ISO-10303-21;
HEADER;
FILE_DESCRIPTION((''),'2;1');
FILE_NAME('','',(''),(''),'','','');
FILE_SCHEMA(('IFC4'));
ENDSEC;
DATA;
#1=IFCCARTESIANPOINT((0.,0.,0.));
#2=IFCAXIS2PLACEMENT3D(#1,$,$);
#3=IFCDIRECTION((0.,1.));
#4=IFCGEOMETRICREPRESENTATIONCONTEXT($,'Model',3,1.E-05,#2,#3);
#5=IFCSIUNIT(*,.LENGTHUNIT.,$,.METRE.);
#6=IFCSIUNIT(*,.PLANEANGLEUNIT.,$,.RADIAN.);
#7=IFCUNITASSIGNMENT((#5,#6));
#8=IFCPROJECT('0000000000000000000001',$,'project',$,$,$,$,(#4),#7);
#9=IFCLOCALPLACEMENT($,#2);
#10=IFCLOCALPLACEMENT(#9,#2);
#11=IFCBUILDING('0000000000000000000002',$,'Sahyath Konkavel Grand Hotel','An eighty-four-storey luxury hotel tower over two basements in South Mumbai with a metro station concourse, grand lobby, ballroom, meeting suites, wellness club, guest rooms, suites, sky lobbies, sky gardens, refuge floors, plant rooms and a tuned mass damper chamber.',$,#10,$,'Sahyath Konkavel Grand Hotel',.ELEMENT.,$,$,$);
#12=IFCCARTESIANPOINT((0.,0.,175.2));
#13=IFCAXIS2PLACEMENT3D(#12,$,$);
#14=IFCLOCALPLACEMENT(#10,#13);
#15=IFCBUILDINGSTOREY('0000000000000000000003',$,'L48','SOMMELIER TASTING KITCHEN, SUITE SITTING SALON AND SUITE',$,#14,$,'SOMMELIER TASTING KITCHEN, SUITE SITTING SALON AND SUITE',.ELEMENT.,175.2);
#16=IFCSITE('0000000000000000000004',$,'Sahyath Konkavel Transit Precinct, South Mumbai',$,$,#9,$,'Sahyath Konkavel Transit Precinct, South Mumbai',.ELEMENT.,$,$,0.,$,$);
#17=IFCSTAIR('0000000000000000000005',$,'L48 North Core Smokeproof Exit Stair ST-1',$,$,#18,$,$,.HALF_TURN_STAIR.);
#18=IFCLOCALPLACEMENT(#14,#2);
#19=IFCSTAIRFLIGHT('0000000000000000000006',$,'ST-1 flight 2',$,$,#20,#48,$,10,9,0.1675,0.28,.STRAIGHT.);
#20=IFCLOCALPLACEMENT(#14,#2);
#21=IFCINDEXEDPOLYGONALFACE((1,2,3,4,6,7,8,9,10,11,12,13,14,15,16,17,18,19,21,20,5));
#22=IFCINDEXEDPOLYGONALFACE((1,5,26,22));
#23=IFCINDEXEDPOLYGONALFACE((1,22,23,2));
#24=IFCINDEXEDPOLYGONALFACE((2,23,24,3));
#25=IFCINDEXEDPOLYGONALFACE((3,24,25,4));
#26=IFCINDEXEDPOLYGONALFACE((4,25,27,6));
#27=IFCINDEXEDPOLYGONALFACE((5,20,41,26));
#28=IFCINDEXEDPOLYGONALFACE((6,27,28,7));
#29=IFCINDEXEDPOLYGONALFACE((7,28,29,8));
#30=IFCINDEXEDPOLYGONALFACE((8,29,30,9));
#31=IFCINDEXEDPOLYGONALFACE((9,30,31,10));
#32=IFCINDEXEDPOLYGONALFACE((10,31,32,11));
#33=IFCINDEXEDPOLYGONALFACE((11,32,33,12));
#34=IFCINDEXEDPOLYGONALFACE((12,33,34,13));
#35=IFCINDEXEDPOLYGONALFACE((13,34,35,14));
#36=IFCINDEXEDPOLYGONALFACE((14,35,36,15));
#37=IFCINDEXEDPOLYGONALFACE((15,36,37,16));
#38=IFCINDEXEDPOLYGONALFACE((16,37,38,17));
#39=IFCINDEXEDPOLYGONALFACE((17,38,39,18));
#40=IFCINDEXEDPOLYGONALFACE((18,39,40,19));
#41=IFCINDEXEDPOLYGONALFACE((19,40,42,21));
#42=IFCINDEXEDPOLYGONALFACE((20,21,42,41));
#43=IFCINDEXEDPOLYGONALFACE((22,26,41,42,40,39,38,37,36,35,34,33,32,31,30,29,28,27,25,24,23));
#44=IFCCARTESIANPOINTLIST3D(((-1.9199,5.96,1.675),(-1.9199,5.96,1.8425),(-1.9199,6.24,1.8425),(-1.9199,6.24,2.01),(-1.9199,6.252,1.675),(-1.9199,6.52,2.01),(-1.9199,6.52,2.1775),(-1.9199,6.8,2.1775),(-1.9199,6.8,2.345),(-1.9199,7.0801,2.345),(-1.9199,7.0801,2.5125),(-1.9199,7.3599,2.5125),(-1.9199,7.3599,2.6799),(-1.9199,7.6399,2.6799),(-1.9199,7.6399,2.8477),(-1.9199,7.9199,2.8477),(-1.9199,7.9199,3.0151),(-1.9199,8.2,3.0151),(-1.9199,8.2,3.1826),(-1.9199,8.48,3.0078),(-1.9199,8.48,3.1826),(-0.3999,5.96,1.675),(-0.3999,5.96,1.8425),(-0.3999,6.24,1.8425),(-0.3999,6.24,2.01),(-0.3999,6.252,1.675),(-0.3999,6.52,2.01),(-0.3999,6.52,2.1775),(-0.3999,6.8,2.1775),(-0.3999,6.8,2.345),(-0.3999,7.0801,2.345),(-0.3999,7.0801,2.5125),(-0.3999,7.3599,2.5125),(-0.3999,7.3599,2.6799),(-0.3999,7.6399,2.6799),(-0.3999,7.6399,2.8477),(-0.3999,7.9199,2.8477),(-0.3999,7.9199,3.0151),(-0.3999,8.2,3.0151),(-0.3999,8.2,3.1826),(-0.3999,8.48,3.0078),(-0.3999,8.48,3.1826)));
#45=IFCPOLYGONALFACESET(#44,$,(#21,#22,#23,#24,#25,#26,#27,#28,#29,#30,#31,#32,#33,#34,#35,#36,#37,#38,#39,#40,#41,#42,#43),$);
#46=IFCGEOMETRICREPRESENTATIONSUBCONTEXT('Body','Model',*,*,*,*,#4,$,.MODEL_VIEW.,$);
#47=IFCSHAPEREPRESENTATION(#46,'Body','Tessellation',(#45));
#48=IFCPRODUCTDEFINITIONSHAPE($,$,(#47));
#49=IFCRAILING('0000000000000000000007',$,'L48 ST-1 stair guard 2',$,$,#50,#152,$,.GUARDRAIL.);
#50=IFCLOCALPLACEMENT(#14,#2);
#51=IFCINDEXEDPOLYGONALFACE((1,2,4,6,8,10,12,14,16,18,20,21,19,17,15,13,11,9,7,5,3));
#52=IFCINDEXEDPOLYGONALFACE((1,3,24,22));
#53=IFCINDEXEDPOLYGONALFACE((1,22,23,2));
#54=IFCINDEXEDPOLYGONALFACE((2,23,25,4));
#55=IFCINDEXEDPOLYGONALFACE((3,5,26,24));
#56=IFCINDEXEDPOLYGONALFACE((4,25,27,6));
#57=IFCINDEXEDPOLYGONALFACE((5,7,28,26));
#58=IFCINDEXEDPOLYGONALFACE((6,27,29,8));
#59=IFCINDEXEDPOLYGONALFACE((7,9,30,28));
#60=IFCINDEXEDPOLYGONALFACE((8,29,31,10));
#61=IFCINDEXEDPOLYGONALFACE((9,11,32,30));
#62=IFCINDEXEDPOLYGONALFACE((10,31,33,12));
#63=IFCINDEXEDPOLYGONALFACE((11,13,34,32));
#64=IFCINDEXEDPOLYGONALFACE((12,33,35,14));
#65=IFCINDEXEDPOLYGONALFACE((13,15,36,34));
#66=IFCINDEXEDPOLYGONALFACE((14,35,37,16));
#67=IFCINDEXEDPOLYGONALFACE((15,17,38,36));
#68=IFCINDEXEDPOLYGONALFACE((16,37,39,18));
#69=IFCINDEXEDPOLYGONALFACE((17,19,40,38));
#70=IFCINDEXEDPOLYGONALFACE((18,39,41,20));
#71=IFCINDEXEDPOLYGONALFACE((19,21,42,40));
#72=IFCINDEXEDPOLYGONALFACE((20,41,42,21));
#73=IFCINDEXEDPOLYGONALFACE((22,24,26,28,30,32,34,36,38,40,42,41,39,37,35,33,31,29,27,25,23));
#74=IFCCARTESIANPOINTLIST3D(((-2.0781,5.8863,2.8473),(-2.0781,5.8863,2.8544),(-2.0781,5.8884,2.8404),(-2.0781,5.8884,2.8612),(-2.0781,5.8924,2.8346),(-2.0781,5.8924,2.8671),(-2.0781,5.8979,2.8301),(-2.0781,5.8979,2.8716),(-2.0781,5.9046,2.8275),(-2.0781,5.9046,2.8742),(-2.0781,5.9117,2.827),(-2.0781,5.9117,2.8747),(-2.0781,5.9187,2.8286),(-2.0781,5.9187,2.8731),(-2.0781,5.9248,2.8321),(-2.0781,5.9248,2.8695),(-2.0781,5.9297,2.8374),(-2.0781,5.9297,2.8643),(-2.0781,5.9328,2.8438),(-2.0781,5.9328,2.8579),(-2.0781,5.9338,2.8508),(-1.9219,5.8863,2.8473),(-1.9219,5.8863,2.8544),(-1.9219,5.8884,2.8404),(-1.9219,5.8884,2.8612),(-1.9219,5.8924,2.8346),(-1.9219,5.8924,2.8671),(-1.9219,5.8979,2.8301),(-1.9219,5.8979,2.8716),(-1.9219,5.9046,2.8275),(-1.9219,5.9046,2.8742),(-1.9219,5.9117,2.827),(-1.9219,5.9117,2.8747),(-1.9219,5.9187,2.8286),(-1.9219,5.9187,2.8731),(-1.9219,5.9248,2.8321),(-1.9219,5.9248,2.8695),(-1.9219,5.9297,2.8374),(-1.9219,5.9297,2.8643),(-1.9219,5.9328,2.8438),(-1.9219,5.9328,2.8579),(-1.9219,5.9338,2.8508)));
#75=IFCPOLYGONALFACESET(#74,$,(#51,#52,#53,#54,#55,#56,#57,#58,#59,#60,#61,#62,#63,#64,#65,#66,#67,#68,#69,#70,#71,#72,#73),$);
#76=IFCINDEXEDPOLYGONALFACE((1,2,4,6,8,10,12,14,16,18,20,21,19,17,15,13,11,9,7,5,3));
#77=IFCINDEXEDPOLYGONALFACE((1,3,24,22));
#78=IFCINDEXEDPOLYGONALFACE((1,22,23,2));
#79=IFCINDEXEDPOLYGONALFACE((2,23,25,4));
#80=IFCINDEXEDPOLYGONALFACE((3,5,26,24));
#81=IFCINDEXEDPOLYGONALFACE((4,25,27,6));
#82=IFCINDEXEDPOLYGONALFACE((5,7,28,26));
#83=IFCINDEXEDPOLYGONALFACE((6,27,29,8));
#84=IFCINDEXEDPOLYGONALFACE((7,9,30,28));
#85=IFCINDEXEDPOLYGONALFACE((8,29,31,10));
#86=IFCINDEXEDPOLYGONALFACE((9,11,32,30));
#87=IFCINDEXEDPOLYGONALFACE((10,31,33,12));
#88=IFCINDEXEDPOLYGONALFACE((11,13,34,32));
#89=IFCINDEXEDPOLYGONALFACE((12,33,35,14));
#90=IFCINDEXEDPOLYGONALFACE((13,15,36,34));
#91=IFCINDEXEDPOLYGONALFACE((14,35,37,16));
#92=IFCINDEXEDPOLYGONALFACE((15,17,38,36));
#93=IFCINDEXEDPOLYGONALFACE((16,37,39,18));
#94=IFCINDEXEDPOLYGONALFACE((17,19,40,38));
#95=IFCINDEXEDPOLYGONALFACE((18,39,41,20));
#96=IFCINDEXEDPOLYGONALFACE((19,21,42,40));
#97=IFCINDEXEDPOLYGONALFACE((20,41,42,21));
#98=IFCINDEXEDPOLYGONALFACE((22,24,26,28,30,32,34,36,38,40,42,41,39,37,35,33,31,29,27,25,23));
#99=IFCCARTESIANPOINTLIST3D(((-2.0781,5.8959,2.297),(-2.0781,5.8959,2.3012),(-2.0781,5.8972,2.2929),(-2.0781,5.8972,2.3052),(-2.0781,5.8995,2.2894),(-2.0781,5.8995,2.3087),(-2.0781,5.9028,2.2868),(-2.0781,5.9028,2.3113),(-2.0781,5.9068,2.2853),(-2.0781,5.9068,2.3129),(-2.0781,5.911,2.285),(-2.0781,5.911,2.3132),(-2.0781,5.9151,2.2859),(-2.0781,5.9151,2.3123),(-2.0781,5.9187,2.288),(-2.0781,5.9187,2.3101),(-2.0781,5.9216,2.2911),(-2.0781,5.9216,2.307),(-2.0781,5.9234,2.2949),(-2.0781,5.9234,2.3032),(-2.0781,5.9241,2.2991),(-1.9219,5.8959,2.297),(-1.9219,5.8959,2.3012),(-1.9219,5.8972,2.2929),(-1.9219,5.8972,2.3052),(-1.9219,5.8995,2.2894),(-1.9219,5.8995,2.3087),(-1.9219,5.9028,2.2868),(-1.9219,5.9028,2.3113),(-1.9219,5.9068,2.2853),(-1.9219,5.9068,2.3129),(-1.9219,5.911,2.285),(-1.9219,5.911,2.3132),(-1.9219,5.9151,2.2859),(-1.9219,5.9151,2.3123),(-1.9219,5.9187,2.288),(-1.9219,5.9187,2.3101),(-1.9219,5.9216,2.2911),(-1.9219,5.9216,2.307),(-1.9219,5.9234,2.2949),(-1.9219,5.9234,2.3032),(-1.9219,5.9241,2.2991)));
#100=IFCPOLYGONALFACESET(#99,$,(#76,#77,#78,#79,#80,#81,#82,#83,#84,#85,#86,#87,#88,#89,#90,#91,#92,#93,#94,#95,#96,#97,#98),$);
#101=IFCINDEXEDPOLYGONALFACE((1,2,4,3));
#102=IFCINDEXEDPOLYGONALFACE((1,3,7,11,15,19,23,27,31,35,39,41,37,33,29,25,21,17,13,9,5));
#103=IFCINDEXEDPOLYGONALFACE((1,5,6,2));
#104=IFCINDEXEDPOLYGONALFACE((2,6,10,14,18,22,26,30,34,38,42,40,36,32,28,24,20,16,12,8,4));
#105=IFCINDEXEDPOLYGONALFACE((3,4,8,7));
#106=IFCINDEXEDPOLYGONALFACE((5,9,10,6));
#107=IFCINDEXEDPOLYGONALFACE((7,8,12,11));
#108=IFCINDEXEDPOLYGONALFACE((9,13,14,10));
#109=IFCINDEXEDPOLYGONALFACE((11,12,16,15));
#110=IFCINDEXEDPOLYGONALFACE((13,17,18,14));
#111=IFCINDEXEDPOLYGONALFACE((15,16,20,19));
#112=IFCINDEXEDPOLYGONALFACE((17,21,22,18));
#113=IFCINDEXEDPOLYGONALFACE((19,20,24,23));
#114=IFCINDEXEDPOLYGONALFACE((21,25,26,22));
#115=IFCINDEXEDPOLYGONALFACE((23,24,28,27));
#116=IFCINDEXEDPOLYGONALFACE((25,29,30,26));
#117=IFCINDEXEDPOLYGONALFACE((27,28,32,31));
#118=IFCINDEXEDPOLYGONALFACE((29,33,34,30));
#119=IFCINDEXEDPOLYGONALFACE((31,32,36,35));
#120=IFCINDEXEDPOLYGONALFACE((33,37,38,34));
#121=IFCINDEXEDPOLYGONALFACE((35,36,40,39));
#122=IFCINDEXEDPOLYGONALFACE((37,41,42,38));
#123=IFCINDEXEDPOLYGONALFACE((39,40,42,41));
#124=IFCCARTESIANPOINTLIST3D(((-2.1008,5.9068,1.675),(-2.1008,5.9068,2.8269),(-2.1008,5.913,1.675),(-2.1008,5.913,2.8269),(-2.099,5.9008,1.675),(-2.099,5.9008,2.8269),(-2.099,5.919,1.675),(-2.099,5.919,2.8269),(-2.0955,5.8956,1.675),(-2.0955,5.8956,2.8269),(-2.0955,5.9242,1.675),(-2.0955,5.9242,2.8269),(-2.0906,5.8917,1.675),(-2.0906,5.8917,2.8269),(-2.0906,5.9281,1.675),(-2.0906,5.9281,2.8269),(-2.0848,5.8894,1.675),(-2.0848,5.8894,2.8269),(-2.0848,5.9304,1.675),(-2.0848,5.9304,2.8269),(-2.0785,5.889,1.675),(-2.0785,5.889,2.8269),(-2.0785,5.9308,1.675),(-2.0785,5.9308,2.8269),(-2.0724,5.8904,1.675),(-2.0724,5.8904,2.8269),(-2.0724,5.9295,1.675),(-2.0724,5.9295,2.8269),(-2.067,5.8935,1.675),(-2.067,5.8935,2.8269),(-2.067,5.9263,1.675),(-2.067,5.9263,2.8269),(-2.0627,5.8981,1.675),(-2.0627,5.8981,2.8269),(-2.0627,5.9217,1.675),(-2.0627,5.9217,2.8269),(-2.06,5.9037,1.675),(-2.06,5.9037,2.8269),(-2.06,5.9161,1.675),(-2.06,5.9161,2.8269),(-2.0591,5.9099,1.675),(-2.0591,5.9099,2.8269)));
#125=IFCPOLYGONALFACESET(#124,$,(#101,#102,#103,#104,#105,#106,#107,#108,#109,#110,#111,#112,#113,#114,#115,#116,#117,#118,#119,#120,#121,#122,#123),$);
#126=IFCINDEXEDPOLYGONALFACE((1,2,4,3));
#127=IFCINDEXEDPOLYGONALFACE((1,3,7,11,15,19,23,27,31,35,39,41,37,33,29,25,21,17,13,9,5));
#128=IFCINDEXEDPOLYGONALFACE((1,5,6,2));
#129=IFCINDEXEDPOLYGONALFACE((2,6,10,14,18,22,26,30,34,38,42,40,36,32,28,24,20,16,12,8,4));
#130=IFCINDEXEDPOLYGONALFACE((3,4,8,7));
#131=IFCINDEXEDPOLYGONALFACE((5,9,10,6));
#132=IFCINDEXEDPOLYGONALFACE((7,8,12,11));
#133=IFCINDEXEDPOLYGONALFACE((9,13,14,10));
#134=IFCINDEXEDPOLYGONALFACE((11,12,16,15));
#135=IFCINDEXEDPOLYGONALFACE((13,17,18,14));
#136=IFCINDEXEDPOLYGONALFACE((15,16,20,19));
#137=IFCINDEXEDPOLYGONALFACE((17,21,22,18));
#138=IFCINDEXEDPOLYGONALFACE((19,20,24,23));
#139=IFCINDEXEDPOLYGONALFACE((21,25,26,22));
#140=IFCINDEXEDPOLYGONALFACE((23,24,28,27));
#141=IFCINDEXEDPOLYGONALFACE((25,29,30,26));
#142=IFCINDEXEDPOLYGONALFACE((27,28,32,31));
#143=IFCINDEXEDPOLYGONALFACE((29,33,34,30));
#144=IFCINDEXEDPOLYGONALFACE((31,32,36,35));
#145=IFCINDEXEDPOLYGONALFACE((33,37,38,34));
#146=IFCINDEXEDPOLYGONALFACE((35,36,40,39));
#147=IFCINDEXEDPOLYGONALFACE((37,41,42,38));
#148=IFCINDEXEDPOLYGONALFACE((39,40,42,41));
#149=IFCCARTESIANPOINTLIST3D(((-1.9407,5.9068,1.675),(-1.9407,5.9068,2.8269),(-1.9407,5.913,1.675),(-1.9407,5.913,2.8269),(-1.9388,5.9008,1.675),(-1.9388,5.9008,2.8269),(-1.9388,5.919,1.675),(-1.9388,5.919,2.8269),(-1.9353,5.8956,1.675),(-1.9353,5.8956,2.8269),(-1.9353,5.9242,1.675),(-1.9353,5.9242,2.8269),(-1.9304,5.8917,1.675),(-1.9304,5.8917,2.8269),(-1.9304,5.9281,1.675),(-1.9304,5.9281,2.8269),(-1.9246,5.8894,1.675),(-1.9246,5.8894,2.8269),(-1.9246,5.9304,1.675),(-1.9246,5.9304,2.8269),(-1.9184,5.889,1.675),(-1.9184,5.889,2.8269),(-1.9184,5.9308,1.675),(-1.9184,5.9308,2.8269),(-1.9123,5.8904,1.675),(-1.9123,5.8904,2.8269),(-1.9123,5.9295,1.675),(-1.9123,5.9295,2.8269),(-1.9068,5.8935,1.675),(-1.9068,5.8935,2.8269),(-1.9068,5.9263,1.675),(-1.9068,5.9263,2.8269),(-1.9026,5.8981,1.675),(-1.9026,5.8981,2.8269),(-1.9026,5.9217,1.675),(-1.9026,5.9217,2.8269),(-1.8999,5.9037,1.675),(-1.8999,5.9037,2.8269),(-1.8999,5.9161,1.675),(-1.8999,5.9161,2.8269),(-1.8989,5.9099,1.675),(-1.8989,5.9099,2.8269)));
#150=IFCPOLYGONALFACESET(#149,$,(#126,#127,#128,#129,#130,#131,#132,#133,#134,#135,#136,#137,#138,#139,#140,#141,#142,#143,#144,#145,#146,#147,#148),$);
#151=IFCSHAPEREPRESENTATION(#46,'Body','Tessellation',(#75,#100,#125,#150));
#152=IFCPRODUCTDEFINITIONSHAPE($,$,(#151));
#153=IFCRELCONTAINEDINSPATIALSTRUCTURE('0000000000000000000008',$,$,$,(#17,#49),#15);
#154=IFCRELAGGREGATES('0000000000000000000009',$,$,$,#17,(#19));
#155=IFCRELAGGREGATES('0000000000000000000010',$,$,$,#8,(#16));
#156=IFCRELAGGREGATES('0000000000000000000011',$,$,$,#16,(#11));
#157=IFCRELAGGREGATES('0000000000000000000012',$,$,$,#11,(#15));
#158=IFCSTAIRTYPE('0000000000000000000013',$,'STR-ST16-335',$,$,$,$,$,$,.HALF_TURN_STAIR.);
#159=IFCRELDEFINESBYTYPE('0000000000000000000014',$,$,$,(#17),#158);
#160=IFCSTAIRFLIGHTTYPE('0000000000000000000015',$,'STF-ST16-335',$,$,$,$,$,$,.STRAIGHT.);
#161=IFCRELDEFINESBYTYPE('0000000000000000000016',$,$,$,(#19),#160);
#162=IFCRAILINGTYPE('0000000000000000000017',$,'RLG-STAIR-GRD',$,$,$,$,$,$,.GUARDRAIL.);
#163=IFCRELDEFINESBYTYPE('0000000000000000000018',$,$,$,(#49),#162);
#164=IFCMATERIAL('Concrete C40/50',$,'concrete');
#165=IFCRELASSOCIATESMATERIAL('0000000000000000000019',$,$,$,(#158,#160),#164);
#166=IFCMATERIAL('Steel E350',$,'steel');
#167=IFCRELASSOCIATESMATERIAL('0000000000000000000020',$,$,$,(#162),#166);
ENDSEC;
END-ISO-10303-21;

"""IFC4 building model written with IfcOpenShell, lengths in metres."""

from ifc_helpers import new_model, si_unit, direction, frame, origin, origin_2d, place, context, subcontext, project, spatial, polyline, circle, outline, extrude, material, type_object, element, aggregate, save


model = new_model("IFC4")

# Units and contexts
model_context = context("Model", 3, precision=1e-05, world=origin(), true_north=direction((0.0, 1.0)))
body_context = subcontext(model_context, "Body", "Model", "MODEL_VIEW")
ifc_project = project(units=[si_unit("LENGTHUNIT", "METRE"), si_unit("PLANEANGLEUNIT", "RADIAN")], contexts=[model_context])

# Site, building, storey
site_placement = place(None, origin())
site = spatial("IfcSite", under=ifc_project, at=site_placement, Name="Sahyath Konkavel Transit Precinct, South Mumbai", LongName="Sahyath Konkavel Transit Precinct, South Mumbai", CompositionType="ELEMENT", RefElevation=0.0)
building_placement = place(site_placement, origin())
building = spatial("IfcBuilding", under=site, at=building_placement, Name="Sahyath Konkavel Grand Hotel", Description="An eighty-four-storey luxury hotel tower over two basements in South Mumbai with a metro station concourse, grand lobby, ballroom, meeting suites, wellness club, guest rooms, suites, sky lobbies, sky gardens, refuge floors, plant rooms and a tuned mass damper chamber.", LongName="Sahyath Konkavel Grand Hotel", CompositionType="ELEMENT")
storey_placement = place(building_placement, frame((0.0, 0.0, 175.2)))
storey = spatial("IfcBuildingStorey", under=building, at=storey_placement, Name="L48", Description="SOMMELIER TASTING KITCHEN, SUITE SITTING SALON AND SUITE", LongName="SOMMELIER TASTING KITCHEN, SUITE SITTING SALON AND SUITE", CompositionType="ELEMENT", Elevation=175.2)

# Shared definitions
ifc_material_1 = material(Name="Steel E350", Category="steel")

# Shared definitions
ifc_material_2 = material(Name="Concrete C40/50", Category="concrete")

# Stair, stair flight
stair_type = type_object("IfcStairType", Name="STR-ST16-335", PredefinedType="HALF_TURN_STAIR", material=ifc_material_2)
stair_placement = place(storey_placement, origin())
stair = element("IfcStair", 1, at=stair_placement, inside=storey, type_object=stair_type, Name="L48 North Core Smokeproof Exit Stair ST-1", PredefinedType="HALF_TURN_STAIR")
stair_flight_type = type_object("IfcStairFlightType", Name="STF-ST16-335", PredefinedType="STRAIGHT", material=ifc_material_2)
stair_flight_placement = place(storey_placement, frame((-1.1599, 5.96, 1.675), z_axis=(0.0, 0.0, 1.0), x_axis=(0.0, 1.0, 0.0)))
stair_flight = element("IfcStairFlight", 2, at=stair_flight_placement, type_object=stair_flight_type, Name="ST-1 flight 2", NumberOfRisers=10, NumberOfTreads=9, PredefinedType="STRAIGHT", RiserHeight=0.1675, TreadLength=0.28, context=body_context, shape_type="SweptSolid", body=[
    extrude(outline(polyline([(0.0, 0.0), (0.0, 0.1675), (0.28, 0.1675), (0.28, 0.335), (0.5601, 0.335), (0.5601, 0.5024), (0.8401, 0.5024), (0.8401, 0.6699), (1.1201, 0.6699), (1.1201, 0.8374), (1.3999, 0.8374), (1.3999, 1.0049), (1.6799, 1.0049), (1.6799, 1.1726), (1.96, 1.1726), (1.96, 1.3401), (2.24, 1.3401), (2.24, 1.5076), (2.52, 1.5076), (2.52, 1.675), (2.52, 1.3328), (0.292, 0.0), (0.0, 0.0)])), frame((0.0, 0.76, 0.0), z_axis=(0.0, -1.0, 0.0), x_axis=(1.0, 0.0, 0.0)), (0.0, 0.0, 1.0), 1.52),
])
aggregate(stair, [stair_flight])

# Railing
railing_type_1 = type_object("IfcRailingType", Name="RLG-STAIR-GRD", PredefinedType="GUARDRAIL", material=ifc_material_1)
railing_1_placement = place(storey_placement, frame((-2.0801, 5.9099, 1.675)))
element("IfcRailing", 3, at=railing_1_placement, inside=storey, type_object=railing_type_1, Name="L48 ST-1 stair guard 2", PredefinedType="GUARDRAIL", context=body_context, shape_type="SweptSolid", body=[
    extrude(circle(Radius=0.0239, at=origin_2d()), frame((0.002, 0.0, 1.1758), z_axis=(1.0, 0.0, 0.0), x_axis=(0.0, 1.0, 0.0)), (0.0, 0.0, 1.0), 0.1562),
    extrude(circle(Radius=0.0142, at=origin_2d()), frame((0.002, 0.0, 0.624), z_axis=(1.0, 0.0, 0.0), x_axis=(0.0, 1.0, 0.0)), (0.0, 0.0, 1.0), 0.1562),
    extrude(circle(Radius=0.021, at=origin_2d()), origin(), (0.0, 0.0, 1.0), 1.1519),
    extrude(circle(Radius=0.021, at=origin_2d()), frame((0.1602, 0.0, 0.0)), (0.0, 0.0, 1.0), 1.1519),
])

save(model, "model.ifc")
